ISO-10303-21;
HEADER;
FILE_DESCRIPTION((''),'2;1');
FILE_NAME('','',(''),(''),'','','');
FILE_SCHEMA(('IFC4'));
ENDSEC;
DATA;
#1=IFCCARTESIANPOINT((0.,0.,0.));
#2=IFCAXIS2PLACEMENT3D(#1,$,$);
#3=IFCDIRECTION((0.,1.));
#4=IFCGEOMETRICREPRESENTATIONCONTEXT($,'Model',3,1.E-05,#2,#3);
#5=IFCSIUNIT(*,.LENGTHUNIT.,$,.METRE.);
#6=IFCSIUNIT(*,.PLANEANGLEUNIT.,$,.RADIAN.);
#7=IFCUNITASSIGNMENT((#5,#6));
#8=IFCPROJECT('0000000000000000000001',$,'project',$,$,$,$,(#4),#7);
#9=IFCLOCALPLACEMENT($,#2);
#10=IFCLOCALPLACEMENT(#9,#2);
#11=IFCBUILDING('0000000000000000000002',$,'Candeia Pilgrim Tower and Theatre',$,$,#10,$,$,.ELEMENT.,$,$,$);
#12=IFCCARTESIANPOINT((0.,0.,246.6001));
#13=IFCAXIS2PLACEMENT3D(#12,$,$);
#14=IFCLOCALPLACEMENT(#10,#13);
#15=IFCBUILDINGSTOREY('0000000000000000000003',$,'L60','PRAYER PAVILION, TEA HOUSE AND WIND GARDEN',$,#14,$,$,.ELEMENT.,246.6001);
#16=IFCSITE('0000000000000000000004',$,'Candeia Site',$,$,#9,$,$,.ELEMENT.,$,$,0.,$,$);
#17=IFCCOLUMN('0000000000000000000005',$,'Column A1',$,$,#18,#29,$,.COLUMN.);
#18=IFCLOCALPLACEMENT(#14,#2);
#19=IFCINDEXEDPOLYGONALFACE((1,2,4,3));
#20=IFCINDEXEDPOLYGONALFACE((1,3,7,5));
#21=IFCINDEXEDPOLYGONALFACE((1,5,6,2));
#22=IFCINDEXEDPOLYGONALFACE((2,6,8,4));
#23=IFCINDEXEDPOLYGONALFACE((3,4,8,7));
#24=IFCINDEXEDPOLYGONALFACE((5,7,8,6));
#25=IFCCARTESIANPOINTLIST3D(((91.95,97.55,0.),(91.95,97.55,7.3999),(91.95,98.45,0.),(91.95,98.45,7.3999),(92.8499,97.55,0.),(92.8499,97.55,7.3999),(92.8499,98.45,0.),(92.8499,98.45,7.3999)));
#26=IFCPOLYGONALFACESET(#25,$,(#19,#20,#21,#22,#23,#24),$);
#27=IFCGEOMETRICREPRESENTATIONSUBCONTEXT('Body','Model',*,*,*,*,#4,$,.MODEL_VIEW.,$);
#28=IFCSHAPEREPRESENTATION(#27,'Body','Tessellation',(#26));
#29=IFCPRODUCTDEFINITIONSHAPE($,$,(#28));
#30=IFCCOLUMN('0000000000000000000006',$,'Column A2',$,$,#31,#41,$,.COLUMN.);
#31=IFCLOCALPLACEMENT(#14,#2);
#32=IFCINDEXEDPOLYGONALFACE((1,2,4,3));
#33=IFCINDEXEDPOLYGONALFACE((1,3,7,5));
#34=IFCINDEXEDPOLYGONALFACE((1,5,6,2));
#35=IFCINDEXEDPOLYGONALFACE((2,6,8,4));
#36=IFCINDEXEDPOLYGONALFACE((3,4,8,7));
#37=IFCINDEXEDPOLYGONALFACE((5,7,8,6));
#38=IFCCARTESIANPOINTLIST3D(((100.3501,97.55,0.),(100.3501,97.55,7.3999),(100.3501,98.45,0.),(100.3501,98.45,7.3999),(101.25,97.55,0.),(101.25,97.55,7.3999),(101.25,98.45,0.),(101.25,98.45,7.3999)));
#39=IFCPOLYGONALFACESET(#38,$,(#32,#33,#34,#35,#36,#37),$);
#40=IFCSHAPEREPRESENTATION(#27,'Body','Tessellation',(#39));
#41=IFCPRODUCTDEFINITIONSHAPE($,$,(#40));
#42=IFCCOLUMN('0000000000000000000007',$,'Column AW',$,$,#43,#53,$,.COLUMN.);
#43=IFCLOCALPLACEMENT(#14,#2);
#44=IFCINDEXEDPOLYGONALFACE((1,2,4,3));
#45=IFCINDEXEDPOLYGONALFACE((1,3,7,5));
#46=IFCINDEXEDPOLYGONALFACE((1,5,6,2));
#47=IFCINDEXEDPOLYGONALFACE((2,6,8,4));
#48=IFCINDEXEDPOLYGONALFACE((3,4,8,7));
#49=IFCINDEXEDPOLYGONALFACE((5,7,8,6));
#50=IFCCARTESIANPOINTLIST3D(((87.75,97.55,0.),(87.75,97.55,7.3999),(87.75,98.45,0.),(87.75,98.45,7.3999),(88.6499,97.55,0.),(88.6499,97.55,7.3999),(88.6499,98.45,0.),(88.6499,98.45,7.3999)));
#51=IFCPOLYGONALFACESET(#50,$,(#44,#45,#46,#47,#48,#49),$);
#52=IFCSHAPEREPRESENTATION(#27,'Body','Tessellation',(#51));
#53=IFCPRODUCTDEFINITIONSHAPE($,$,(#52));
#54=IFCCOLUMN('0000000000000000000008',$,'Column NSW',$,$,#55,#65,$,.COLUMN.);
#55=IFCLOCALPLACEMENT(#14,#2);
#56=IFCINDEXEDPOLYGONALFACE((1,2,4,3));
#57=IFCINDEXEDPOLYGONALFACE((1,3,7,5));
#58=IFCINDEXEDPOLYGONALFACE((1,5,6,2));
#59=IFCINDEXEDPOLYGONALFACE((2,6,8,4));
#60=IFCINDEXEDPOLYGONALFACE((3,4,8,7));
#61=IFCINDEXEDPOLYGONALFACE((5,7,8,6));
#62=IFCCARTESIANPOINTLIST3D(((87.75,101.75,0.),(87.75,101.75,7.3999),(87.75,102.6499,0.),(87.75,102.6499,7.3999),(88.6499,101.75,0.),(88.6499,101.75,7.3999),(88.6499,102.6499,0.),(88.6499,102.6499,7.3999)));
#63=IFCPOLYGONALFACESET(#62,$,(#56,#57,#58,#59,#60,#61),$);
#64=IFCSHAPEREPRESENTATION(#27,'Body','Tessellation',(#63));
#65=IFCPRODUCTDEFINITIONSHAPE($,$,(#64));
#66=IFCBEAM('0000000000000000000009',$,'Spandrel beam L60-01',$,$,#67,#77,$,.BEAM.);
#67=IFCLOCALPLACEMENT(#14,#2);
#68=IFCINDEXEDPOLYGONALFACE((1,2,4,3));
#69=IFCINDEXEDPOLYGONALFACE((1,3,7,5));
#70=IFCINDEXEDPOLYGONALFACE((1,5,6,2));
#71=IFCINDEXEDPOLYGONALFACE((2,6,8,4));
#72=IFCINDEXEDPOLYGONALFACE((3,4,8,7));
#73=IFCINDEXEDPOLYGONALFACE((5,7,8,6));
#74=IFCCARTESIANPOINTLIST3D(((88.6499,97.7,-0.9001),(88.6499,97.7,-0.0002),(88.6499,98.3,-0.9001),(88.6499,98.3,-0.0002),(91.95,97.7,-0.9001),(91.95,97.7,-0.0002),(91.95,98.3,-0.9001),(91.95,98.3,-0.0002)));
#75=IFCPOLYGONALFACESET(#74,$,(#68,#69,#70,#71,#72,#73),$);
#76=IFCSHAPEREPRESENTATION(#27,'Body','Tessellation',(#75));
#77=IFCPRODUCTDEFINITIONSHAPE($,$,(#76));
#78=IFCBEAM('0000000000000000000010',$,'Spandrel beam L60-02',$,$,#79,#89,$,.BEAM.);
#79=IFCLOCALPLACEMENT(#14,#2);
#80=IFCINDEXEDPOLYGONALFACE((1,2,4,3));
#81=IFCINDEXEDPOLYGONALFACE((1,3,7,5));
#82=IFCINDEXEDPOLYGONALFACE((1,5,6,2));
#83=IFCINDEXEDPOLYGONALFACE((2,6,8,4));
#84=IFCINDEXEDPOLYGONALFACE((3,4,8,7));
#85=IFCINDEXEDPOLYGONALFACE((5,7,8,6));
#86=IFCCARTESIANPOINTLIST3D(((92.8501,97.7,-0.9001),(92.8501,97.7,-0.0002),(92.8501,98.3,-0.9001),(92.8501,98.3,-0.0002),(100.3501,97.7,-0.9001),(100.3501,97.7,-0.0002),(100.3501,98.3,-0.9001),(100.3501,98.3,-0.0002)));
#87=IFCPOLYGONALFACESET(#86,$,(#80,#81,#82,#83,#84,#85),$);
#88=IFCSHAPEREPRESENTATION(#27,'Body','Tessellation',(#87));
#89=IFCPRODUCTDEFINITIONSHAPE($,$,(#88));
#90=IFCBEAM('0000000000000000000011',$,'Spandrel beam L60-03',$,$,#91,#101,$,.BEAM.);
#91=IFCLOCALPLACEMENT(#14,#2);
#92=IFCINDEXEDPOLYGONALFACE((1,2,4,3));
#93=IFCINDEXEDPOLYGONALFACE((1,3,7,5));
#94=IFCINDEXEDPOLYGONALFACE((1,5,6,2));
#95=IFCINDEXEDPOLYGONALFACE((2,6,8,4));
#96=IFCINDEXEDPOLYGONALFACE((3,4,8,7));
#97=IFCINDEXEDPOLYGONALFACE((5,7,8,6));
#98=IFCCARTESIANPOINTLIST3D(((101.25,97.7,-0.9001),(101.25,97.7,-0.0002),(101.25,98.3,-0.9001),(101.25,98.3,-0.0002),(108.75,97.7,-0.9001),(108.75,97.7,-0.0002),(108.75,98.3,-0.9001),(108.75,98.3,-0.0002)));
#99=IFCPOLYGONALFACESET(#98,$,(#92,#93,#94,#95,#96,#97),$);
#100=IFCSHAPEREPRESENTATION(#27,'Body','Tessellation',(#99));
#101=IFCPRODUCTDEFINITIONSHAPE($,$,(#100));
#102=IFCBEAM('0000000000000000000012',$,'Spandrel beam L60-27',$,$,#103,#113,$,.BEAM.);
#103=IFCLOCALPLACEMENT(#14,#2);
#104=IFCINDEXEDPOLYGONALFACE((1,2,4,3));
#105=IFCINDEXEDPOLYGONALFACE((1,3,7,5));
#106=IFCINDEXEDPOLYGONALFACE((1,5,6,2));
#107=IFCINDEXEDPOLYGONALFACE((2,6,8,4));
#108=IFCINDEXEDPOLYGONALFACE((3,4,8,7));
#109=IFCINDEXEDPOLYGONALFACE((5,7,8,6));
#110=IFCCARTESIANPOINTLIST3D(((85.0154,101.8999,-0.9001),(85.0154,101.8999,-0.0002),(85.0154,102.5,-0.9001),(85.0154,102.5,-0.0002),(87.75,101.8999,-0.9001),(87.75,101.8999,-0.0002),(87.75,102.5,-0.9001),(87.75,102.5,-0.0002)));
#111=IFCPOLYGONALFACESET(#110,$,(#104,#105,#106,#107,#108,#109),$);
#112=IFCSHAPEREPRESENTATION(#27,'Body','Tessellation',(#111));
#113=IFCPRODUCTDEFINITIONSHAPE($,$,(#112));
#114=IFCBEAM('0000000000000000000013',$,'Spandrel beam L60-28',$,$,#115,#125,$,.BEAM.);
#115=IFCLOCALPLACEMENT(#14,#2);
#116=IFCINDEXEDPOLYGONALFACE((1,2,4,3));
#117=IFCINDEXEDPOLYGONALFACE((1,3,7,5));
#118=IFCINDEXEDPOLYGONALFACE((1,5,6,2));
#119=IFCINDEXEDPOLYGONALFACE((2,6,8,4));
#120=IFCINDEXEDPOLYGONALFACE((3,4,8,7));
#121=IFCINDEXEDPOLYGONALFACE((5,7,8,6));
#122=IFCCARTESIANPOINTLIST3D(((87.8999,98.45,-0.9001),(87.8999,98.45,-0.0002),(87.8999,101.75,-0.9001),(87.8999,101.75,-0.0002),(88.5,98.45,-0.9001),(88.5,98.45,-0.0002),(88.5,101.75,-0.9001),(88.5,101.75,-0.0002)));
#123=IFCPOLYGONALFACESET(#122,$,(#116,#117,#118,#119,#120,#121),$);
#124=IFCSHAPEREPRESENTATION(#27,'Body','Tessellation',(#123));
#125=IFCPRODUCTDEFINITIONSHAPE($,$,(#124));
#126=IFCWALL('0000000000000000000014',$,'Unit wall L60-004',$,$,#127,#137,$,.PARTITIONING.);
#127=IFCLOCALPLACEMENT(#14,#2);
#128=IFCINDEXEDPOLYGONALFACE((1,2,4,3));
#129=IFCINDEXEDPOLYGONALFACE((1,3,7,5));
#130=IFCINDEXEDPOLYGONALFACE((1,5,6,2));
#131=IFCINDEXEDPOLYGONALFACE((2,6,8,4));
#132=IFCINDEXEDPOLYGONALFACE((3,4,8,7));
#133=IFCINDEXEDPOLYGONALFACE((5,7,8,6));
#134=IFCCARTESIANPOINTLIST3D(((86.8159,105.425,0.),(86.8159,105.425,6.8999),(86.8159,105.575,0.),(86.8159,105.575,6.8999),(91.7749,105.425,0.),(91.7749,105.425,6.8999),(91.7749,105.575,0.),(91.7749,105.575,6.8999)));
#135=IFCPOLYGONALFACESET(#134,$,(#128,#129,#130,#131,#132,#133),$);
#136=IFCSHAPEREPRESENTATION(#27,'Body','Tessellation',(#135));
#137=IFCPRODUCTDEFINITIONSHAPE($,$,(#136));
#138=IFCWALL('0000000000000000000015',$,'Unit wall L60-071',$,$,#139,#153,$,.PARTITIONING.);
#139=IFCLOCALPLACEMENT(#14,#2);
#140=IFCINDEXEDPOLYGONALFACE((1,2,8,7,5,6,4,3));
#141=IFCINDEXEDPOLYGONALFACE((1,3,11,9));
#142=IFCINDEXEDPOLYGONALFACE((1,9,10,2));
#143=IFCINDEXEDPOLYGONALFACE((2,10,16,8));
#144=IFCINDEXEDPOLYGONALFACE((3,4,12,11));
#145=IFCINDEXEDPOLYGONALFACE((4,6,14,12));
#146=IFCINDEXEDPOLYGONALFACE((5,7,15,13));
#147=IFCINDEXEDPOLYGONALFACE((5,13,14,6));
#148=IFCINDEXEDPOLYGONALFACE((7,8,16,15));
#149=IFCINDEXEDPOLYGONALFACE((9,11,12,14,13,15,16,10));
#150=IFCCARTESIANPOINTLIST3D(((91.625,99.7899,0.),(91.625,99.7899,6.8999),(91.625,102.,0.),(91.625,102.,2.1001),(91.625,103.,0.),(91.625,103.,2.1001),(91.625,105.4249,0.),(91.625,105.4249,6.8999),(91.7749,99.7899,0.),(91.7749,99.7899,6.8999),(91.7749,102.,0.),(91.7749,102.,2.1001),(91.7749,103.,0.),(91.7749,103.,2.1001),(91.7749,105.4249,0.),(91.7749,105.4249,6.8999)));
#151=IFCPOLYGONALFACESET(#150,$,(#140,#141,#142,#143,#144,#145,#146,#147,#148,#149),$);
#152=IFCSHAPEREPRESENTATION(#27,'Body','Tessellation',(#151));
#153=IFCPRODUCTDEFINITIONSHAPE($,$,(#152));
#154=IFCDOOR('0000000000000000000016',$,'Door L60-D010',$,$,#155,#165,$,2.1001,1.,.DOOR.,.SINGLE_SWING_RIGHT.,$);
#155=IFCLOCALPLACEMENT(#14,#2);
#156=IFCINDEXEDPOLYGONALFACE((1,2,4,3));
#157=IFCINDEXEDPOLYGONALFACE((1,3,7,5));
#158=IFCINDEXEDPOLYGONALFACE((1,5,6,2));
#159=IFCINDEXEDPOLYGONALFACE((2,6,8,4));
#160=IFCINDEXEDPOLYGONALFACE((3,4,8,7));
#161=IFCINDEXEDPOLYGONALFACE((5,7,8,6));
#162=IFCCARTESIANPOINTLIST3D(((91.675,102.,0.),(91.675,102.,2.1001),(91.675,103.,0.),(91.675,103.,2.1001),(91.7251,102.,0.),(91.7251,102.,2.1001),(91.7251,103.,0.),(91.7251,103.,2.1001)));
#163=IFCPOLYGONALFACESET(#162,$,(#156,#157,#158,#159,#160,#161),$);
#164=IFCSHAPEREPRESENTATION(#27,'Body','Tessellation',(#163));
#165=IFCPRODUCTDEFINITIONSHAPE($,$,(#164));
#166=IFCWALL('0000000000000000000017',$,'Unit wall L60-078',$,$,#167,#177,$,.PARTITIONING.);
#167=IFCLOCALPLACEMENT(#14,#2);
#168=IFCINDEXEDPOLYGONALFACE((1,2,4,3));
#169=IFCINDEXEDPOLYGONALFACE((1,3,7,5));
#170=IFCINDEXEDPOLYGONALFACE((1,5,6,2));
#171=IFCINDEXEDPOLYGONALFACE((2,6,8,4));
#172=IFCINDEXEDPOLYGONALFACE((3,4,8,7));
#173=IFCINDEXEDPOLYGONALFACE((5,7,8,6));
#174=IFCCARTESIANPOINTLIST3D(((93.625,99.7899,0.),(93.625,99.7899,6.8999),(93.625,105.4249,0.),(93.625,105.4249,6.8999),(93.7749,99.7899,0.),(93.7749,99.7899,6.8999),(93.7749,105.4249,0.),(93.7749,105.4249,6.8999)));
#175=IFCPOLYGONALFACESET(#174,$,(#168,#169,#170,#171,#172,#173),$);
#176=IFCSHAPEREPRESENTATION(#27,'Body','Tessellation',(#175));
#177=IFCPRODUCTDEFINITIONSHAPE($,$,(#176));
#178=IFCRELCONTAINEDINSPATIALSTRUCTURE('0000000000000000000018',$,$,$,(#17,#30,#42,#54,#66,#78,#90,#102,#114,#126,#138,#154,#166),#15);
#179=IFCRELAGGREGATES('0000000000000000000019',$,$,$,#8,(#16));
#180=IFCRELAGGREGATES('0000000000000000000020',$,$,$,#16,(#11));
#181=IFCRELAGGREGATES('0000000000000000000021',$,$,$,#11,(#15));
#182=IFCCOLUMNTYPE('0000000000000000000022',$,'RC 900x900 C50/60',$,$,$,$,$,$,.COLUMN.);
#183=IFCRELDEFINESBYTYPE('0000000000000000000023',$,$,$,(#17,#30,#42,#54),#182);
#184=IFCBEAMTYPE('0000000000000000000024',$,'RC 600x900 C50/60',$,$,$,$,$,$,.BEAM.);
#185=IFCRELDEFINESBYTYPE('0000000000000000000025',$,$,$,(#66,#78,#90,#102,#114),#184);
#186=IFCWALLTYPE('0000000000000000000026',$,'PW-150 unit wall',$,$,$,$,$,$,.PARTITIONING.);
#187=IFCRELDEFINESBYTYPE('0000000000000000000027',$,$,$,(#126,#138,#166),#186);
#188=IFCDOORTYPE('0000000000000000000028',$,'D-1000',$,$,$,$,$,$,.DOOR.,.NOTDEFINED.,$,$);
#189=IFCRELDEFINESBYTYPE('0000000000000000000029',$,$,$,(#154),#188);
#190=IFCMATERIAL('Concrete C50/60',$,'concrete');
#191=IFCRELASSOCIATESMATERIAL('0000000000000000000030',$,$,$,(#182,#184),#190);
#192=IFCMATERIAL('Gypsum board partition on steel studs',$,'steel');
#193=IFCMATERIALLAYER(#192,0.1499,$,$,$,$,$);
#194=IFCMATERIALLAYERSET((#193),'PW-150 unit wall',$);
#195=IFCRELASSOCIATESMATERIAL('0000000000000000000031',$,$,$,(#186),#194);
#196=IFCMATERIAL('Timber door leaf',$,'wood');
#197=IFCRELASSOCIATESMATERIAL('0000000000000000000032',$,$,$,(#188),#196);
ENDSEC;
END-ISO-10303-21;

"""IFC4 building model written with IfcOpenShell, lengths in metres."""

from ifc_helpers import new_model, si_unit, direction, frame, frame_2d, origin, origin_2d, place, context, subcontext, project, spatial, rectangle, extrude, material, layer, layer_set, material_profile, profile_set, type_object, element, fill, save


model = new_model("IFC4")

# Units and contexts
model_context = context("Model", 3, precision=1e-05, world=origin(), true_north=direction((0.0, 1.0)))
body_context = subcontext(model_context, "Body", "Model", "MODEL_VIEW")
ifc_project = project(units=[si_unit("LENGTHUNIT", "METRE"), si_unit("PLANEANGLEUNIT", "RADIAN")], contexts=[model_context])

# Site, building, storey
site_placement = place(None, origin())
site = spatial("IfcSite", under=ifc_project, at=site_placement, Name="Candeia Site", CompositionType="ELEMENT", RefElevation=0.0)
building_placement = place(site_placement, origin())
building = spatial("IfcBuilding", under=site, at=building_placement, Name="Candeia Pilgrim Tower and Theatre", CompositionType="ELEMENT")
storey_placement = place(building_placement, frame((0.0, 0.0, 246.6001)))
storey = spatial("IfcBuildingStorey", under=building, at=storey_placement, Name="L60", Description="PRAYER PAVILION, TEA HOUSE AND WIND GARDEN", CompositionType="ELEMENT", Elevation=246.6001)

# Columns
ifc_material_1 = material(Name="Concrete C50/60", Category="concrete")
ifc_material_profile_1 = material_profile(ifc_material_1, rectangle(XDim=0.8999, YDim=0.8999, at=origin_2d()))
ifc_profile_set_1 = profile_set([ifc_material_profile_1], Name="Concrete C50/60")
column_type = type_object("IfcColumnType", Name="RC 900x900 C50/60", PredefinedType="COLUMN", material=ifc_profile_set_1)
for number, where, z_axis, x_axis, name in (
    (1, (92.3999, 98.0, 0.0), (0.0, 0.0, 1.0), (1.0, 0.0, 0.0), "Column A1"),
    (2, (100.8, 98.0, 0.0), (0.0, 0.0, 1.0), (1.0, 0.0, 0.0), "Column A2"),
    (3, (88.2, 98.0, 0.0), (0.0, 0.0, 1.0), (1.0, 0.0, 0.0), "Column AW"),
    (4, (88.2, 102.2, 0.0), (0.0, 0.0, 1.0), (1.0, 0.0, 0.0), "Column NSW"),
):
    element("IfcColumn", number, at=place(storey_placement, frame(where, z_axis=z_axis, x_axis=x_axis)), inside=storey, type_object=column_type, Name=name, PredefinedType="COLUMN", context=body_context, shape_type="SweptSolid", body=[
        extrude(rectangle(XDim=0.8999, YDim=0.8999, at=origin_2d()), origin(), (0.0, 0.0, 1.0), 7.3999),
    ])

# Beams
ifc_material_profile_2 = material_profile(ifc_material_1, rectangle(XDim=0.6001, YDim=0.8999, at=origin_2d()))
ifc_profile_set_2 = profile_set([ifc_material_profile_2], Name="Concrete C50/60")
beam_type = type_object("IfcBeamType", Name="RC 600x900 C50/60", PredefinedType="BEAM", material=ifc_profile_set_2)
beam_1_placement = place(storey_placement, frame((88.6499, 98.0, -0.4502), z_axis=(1.0, 0.0, 0.0), x_axis=(0.0, 1.0, 0.0)))
element("IfcBeam", 5, at=beam_1_placement, inside=storey, type_object=beam_type, Name="Spandrel beam L60-01", PredefinedType="BEAM", context=body_context, shape_type="SweptSolid", body=[
    extrude(rectangle(XDim=0.6001, YDim=0.8999, at=origin_2d()), origin(), (0.0, 0.0, 1.0), 3.3),
])
for number, where, z_axis, x_axis, name in (
    (6, (92.8501, 98.0, -0.4502), (1.0, 0.0, 0.0), (0.0, 1.0, 0.0), "Spandrel beam L60-02"),
    (7, (101.25, 98.0, -0.4502), (1.0, 0.0, 0.0), (0.0, 1.0, 0.0), "Spandrel beam L60-03"),
):
    element("IfcBeam", number, at=place(storey_placement, frame(where, z_axis=z_axis, x_axis=x_axis)), inside=storey, type_object=beam_type, Name=name, PredefinedType="BEAM", context=body_context, shape_type="SweptSolid", body=[
        extrude(rectangle(XDim=0.6001, YDim=0.8999, at=origin_2d()), origin(), (0.0, 0.0, 1.0), 7.5),
    ])
beam_2_placement = place(storey_placement, frame((85.0154, 102.2, -0.4502), z_axis=(1.0, 0.0, 0.0), x_axis=(0.0, 1.0, 0.0)))
element("IfcBeam", 8, at=beam_2_placement, inside=storey, type_object=beam_type, Name="Spandrel beam L60-27", PredefinedType="BEAM", context=body_context, shape_type="SweptSolid", body=[
    extrude(rectangle(XDim=0.6001, YDim=0.8999, at=origin_2d()), origin(), (0.0, 0.0, 1.0), 2.7346),
])
beam_3_placement = place(storey_placement, frame((88.2, 101.75, -0.4502), z_axis=(0.0, -1.0, 0.0), x_axis=(1.0, 0.0, 0.0)))
element("IfcBeam", 9, at=beam_3_placement, inside=storey, type_object=beam_type, Name="Spandrel beam L60-28", PredefinedType="BEAM", context=body_context, shape_type="SweptSolid", body=[
    extrude(rectangle(XDim=0.6001, YDim=0.8999, at=origin_2d()), origin(), (0.0, 0.0, 1.0), 3.3),
])

# Wall
ifc_material_2 = material(Name="Gypsum board partition on steel studs", Category="steel")
ifc_layer = layer(ifc_material_2, 0.1499)
ifc_layer_set = layer_set([ifc_layer], Name="PW-150 unit wall")
wall_type = type_object("IfcWallType", Name="PW-150 unit wall", PredefinedType="PARTITIONING", material=ifc_layer_set)
wall_1_placement = place(storey_placement, frame((86.8159, 105.5, 0.0), z_axis=(0.0, 0.0, 1.0), x_axis=(1.0, 0.0, 0.0)))
element("IfcWall", 10, at=wall_1_placement, inside=storey, type_object=wall_type, Name="Unit wall L60-004", PredefinedType="PARTITIONING", context=body_context, shape_type="SweptSolid", body=[
    extrude(rectangle(XDim=4.959, YDim=0.1499, at=frame_2d((2.4795, 0.0))), origin(), (0.0, 0.0, 1.0), 6.8999),
])

# Wall, opening, door
wall_2_placement = place(storey_placement, frame((91.7, 99.79, 0.0), z_axis=(0.0, 0.0, 1.0), x_axis=(0.0, 1.0, 0.0)))
wall_2 = element("IfcWall", 11, at=wall_2_placement, inside=storey, type_object=wall_type, Name="Unit wall L60-071", PredefinedType="PARTITIONING", context=body_context, shape_type="SweptSolid", body=[
    extrude(rectangle(XDim=5.635, YDim=0.1499, at=frame_2d((2.8174, 0.0))), origin(), (0.0, 0.0, 1.0), 6.8999),
])
opening_1_placement = place(wall_2_placement, frame((2.21, 0.0, 0.0)))
opening_1 = element("IfcOpeningElement", 12, at=opening_1_placement, cuts=wall_2, PredefinedType="OPENING", context=body_context, shape_type="SweptSolid", body=[
    extrude(rectangle(XDim=1.0, YDim=2.1001, at=frame_2d((0.5, 1.05))), frame((0.0, 0.085, 0.0), z_axis=(0.0, -1.0, 0.0), x_axis=(1.0, 0.0, 0.0)), (0.0, 0.0, 1.0), 0.1699),
])
ifc_material_3 = material(Name="Timber door leaf", Category="wood")
door_type = type_object("IfcDoorType", Name="D-1000", OperationType="NOTDEFINED", PredefinedType="DOOR", material=ifc_material_3)
door_1_placement = place(opening_1_placement, origin())
door_1 = element("IfcDoor", 13, at=door_1_placement, inside=storey, type_object=door_type, Name="Door L60-D010", OperationType="SINGLE_SWING_RIGHT", OverallHeight=2.1001, OverallWidth=1.0, PredefinedType="DOOR", context=body_context, shape_type="SweptSolid", body=[
    extrude(rectangle(XDim=1.0, YDim=2.1001, at=frame_2d((0.5, 1.05))), frame((0.0, 0.0249, 0.0), z_axis=(0.0, -1.0, 0.0), x_axis=(1.0, 0.0, 0.0)), (0.0, 0.0, 1.0), 0.05),
])
fill(opening_1, door_1)

# Wall
wall_3_placement = place(storey_placement, frame((93.7, 99.79, 0.0), z_axis=(0.0, 0.0, 1.0), x_axis=(0.0, 1.0, 0.0)))
element("IfcWall", 14, at=wall_3_placement, inside=storey, type_object=wall_type, Name="Unit wall L60-078", PredefinedType="PARTITIONING", context=body_context, shape_type="SweptSolid", body=[
    extrude(rectangle(XDim=5.635, YDim=0.1499, at=frame_2d((2.8174, 0.0))), origin(), (0.0, 0.0, 1.0), 6.8999),
])

save(model, "model.ifc")
